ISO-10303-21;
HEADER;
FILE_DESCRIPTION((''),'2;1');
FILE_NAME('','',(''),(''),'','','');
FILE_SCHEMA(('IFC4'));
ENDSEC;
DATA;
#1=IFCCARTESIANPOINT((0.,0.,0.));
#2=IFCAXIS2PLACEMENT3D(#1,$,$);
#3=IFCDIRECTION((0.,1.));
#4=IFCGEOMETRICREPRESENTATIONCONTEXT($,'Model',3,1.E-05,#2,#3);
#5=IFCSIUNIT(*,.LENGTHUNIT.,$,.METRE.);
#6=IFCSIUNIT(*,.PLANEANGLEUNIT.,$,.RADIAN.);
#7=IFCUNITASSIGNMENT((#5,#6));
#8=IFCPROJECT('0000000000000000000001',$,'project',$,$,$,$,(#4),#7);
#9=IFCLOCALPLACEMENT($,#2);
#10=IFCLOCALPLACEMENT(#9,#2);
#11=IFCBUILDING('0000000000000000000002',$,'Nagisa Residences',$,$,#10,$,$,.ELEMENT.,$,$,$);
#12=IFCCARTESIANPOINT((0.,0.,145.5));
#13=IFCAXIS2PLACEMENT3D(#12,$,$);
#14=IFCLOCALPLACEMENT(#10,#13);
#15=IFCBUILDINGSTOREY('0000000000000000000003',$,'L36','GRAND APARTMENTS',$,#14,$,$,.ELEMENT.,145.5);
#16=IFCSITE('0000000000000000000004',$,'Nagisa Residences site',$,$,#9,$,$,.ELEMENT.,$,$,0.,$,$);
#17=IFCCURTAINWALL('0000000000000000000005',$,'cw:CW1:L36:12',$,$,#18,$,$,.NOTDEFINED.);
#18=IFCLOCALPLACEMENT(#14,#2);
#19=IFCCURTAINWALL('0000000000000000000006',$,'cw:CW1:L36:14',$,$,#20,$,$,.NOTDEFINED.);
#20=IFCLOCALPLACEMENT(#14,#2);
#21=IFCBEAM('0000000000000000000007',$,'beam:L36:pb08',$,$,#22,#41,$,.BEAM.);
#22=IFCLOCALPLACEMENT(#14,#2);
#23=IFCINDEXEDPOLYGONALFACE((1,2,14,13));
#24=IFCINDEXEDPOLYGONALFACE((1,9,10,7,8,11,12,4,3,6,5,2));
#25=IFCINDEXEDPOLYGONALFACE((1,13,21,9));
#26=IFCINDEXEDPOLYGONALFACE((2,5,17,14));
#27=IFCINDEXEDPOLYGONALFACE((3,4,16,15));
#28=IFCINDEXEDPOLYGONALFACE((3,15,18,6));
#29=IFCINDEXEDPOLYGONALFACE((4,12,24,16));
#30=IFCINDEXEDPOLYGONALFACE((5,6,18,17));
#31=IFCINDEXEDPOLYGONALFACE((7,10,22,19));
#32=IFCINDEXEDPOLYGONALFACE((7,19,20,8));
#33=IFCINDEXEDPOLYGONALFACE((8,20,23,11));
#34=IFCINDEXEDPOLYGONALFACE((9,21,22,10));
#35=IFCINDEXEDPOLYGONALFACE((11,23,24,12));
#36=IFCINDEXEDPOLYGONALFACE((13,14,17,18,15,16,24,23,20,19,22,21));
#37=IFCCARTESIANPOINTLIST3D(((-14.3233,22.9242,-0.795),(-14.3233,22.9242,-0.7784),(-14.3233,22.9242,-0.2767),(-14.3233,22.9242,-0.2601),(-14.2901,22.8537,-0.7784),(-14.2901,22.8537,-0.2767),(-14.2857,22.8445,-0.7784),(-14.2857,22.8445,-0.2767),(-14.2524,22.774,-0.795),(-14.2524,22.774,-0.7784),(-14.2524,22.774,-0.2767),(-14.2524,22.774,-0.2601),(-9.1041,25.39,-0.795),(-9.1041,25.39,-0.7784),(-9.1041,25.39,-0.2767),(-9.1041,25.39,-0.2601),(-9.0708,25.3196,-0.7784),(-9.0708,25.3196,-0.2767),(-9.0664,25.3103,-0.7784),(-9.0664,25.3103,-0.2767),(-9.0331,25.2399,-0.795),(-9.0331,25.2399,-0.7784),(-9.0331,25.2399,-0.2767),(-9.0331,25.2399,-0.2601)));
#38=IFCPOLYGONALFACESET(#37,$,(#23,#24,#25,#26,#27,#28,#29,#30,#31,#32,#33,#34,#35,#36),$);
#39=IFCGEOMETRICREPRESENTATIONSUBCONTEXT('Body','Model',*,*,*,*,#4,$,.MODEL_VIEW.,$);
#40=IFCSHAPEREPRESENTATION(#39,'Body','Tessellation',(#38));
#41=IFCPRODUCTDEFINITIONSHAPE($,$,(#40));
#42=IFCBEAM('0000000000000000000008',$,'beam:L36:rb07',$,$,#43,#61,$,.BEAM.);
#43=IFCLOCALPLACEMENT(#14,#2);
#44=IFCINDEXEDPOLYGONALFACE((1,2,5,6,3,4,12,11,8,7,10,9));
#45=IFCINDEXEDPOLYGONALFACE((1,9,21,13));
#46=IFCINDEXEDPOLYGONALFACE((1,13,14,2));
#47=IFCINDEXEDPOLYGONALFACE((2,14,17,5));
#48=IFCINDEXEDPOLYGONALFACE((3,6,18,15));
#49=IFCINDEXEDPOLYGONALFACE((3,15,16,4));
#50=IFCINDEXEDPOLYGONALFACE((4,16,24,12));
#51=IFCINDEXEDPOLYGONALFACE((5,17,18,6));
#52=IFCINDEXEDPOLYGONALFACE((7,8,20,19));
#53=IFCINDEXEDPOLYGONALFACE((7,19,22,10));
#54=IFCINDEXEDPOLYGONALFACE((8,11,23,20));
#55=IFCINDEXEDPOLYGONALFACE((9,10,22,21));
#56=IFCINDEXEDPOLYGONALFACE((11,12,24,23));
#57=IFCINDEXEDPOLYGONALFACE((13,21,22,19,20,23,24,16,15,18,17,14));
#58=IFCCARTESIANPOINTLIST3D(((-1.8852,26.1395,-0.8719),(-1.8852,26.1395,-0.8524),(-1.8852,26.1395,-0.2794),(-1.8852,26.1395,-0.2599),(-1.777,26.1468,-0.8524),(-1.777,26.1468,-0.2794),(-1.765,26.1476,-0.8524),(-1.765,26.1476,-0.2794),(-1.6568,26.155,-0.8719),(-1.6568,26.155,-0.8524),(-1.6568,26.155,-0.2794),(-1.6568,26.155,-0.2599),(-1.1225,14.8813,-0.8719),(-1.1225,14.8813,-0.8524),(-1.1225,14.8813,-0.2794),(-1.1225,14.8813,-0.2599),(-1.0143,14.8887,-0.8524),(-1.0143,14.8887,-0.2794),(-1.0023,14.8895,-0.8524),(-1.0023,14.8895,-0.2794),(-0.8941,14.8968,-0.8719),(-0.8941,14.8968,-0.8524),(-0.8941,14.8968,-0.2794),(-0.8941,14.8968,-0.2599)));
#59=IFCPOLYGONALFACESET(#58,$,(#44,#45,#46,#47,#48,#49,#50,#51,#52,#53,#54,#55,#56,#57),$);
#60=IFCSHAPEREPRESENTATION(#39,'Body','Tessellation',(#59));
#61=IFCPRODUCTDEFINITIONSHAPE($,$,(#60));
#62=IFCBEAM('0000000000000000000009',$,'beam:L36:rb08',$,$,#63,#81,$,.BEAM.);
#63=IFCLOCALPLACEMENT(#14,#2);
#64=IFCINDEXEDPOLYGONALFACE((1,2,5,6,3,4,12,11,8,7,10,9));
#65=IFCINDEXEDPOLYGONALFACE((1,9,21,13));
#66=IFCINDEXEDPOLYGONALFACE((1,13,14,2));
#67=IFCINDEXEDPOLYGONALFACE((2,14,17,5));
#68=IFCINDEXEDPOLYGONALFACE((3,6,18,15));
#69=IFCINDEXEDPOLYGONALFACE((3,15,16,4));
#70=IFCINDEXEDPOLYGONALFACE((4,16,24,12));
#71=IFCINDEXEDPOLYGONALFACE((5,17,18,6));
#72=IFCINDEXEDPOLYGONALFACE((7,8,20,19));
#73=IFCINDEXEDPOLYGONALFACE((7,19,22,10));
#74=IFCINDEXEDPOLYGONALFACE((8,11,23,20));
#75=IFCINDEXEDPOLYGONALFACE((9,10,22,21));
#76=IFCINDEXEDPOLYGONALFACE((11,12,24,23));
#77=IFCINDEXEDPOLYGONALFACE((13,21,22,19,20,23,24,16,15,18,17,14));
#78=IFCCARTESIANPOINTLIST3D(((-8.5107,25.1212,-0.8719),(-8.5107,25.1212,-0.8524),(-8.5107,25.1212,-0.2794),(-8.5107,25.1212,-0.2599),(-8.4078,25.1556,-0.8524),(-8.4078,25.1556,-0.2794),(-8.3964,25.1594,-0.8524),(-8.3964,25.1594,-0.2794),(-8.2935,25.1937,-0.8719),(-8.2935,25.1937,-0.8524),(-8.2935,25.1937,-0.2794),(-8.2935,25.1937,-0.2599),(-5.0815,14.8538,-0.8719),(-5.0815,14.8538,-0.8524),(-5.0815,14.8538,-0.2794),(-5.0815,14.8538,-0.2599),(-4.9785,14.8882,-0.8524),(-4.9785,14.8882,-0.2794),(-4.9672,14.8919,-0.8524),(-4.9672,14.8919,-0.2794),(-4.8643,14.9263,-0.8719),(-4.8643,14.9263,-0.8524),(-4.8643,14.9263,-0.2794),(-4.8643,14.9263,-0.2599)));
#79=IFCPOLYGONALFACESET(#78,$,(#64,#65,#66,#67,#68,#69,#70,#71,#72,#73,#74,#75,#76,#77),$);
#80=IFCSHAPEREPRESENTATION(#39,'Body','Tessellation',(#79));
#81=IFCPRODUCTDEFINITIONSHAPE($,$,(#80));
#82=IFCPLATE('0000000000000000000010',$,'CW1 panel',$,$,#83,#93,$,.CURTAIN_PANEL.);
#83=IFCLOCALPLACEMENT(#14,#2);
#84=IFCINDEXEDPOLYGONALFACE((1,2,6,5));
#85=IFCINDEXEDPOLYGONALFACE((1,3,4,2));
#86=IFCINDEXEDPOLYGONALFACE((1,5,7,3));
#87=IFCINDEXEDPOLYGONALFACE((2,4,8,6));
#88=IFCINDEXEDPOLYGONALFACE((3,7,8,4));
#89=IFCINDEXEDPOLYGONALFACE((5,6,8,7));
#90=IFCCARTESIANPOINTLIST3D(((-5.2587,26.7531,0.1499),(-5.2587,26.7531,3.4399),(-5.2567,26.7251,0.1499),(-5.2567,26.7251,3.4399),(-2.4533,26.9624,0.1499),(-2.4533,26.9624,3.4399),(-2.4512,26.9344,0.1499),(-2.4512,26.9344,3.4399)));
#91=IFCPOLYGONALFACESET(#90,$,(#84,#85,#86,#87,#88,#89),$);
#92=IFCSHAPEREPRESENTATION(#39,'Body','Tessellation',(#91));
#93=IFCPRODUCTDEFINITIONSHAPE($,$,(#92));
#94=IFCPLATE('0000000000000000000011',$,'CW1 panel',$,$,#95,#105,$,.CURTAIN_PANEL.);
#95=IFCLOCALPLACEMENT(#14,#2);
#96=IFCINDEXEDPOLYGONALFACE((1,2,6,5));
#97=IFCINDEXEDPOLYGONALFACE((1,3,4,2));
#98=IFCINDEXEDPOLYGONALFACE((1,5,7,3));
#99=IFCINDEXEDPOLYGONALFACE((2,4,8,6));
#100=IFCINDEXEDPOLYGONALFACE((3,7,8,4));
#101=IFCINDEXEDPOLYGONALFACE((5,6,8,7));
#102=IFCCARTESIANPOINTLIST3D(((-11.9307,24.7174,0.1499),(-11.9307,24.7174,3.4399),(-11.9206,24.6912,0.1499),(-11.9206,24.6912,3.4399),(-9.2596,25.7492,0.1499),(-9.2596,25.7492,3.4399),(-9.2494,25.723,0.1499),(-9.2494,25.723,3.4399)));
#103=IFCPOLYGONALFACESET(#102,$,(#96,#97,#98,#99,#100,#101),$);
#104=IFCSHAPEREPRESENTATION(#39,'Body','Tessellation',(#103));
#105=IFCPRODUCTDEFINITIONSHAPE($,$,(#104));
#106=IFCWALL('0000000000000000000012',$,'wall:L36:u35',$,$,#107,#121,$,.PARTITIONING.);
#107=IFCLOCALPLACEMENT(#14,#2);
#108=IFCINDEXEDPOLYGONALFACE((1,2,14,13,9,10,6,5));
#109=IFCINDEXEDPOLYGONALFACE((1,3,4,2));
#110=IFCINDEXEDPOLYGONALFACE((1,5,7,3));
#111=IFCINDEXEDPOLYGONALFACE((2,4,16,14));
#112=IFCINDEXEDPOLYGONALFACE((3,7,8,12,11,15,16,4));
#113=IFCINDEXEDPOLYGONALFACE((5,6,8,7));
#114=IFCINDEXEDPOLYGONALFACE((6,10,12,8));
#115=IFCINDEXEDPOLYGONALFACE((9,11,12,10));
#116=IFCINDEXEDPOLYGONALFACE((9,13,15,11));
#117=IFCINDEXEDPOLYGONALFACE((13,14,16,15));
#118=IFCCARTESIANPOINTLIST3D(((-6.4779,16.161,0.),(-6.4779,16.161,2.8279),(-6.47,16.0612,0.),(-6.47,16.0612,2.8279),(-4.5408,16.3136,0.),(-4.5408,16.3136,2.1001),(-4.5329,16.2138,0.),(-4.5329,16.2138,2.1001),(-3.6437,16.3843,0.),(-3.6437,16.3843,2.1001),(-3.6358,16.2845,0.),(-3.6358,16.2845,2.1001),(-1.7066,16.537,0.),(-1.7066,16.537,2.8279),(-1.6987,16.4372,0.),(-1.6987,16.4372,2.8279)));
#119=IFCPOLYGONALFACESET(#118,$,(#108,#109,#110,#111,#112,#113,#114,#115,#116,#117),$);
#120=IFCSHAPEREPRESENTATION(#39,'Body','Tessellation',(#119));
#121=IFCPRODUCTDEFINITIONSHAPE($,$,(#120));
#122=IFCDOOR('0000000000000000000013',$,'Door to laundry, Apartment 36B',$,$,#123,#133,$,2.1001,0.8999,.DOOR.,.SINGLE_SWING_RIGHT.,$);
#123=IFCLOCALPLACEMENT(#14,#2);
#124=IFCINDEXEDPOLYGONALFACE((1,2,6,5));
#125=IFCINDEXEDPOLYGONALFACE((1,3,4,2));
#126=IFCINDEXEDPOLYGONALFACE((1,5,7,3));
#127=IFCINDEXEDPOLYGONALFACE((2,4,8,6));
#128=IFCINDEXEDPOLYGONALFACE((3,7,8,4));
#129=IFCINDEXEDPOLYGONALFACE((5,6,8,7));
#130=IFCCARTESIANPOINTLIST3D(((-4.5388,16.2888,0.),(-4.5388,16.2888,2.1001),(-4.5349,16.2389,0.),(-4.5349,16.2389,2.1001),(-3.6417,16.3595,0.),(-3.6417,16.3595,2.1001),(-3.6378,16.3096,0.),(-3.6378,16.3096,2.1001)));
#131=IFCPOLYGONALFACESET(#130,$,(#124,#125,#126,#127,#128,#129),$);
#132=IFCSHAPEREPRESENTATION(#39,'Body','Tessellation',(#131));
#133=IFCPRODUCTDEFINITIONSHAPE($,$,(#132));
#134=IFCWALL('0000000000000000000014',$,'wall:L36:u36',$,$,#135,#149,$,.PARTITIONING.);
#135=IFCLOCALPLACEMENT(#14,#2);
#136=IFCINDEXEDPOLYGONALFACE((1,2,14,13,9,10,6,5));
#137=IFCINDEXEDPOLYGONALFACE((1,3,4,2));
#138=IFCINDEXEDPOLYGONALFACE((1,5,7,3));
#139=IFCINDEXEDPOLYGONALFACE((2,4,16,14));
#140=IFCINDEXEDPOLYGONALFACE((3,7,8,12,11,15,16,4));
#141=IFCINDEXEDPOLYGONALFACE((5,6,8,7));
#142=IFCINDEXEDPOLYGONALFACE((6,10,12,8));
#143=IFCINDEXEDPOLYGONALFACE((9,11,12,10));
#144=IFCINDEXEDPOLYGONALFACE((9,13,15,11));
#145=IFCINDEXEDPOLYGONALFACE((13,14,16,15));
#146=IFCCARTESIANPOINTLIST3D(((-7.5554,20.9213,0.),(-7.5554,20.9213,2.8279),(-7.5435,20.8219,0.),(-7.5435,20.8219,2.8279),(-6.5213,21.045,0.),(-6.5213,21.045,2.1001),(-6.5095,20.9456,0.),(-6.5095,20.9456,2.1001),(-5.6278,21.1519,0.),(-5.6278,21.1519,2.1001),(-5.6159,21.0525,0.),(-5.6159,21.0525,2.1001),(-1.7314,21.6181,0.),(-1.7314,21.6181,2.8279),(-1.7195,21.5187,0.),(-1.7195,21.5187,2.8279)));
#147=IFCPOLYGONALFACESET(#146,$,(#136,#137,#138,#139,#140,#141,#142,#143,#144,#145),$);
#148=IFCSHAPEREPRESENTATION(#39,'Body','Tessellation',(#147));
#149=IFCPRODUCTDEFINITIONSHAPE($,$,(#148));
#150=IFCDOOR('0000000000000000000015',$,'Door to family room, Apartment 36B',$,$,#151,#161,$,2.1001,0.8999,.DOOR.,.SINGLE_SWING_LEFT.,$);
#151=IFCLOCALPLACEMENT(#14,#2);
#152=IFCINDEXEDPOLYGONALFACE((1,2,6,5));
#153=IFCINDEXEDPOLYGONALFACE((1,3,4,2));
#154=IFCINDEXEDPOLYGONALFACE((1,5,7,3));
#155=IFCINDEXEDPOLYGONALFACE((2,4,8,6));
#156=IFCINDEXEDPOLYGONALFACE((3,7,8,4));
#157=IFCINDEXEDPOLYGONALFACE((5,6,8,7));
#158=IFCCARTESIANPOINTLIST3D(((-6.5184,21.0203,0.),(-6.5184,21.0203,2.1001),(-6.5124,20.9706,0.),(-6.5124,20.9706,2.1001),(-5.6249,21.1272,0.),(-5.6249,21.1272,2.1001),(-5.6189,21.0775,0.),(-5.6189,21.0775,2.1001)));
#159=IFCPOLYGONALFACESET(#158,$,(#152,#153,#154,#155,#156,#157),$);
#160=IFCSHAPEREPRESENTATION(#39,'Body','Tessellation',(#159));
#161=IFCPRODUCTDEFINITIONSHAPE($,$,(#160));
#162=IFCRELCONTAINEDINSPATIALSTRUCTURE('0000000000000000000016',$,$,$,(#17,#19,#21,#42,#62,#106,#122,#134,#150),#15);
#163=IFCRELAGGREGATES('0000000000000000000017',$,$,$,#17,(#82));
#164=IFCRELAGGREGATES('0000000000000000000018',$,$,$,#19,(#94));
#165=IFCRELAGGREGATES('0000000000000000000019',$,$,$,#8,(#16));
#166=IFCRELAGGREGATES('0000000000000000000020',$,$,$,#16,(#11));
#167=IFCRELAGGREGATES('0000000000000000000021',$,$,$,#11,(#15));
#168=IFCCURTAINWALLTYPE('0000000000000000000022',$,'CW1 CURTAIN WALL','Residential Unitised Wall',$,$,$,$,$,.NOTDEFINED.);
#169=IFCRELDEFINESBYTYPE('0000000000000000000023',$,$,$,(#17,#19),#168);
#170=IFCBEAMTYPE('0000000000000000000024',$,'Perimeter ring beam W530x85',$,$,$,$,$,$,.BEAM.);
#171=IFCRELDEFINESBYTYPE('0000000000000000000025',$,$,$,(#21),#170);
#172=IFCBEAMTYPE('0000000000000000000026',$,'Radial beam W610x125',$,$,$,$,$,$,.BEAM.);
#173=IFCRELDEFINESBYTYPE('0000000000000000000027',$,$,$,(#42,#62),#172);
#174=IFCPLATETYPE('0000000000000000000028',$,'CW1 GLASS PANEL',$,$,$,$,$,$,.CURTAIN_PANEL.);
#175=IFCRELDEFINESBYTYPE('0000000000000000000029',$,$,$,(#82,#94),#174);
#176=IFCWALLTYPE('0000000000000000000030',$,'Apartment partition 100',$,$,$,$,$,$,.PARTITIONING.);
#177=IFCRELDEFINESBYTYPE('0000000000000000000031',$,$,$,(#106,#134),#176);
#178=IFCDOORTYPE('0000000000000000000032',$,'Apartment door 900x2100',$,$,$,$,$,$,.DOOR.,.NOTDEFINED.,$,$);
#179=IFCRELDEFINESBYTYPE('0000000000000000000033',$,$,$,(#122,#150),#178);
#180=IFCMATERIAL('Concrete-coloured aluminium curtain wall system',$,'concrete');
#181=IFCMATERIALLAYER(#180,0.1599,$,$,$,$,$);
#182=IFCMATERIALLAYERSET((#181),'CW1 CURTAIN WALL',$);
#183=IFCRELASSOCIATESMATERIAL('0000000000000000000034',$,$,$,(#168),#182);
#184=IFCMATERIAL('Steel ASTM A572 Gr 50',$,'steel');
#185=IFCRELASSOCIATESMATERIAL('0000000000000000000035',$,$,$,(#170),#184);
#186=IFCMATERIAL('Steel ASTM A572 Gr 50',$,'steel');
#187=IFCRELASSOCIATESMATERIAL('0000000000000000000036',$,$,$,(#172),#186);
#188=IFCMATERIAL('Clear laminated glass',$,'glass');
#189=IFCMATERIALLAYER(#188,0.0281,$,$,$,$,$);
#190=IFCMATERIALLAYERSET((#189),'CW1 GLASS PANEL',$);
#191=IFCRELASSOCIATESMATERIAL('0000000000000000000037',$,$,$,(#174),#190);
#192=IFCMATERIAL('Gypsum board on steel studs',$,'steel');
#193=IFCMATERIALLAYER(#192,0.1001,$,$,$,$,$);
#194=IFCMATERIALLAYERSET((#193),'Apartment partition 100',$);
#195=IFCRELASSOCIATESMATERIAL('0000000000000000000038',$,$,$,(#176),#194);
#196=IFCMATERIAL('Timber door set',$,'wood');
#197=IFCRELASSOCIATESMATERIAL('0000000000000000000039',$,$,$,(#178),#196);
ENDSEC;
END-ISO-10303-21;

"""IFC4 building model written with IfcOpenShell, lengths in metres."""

from ifc_helpers import new_model, si_unit, direction, frame, frame_2d, origin, origin_2d, place, context, subcontext, project, spatial, rectangle, i_section, extrude, material, layer, layer_set, material_profile, profile_set, type_object, element, fill, aggregate, save


model = new_model("IFC4")

# Units and contexts
model_context = context("Model", 3, precision=1e-05, world=origin(), true_north=direction((0.0, 1.0)))
body_context = subcontext(model_context, "Body", "Model", "MODEL_VIEW")
ifc_project = project(units=[si_unit("LENGTHUNIT", "METRE"), si_unit("PLANEANGLEUNIT", "RADIAN")], contexts=[model_context])

# Site, building, storey
site_placement = place(None, origin())
site = spatial("IfcSite", under=ifc_project, at=site_placement, Name="Nagisa Residences site", CompositionType="ELEMENT", RefElevation=0.0)
building_placement = place(site_placement, origin())
building = spatial("IfcBuilding", under=site, at=building_placement, Name="Nagisa Residences", CompositionType="ELEMENT")
storey_placement = place(building_placement, frame((0.0, 0.0, 145.5)))
storey = spatial("IfcBuildingStorey", under=building, at=storey_placement, Name="L36", Description="GRAND APARTMENTS", CompositionType="ELEMENT", Elevation=145.5)

# Curtain walls
ifc_material_1 = material(Name="Concrete-coloured aluminium curtain wall system", Category="concrete")
ifc_layer_1 = layer(ifc_material_1, 0.1599)
ifc_layer_set_1 = layer_set([ifc_layer_1], Name="CW1 CURTAIN WALL")
curtain_wall_type = type_object("IfcCurtainWallType", Name="CW1 CURTAIN WALL", Description="Residential Unitised Wall", PredefinedType="NOTDEFINED", material=ifc_layer_set_1)
curtain_wall_1_placement = place(storey_placement, origin())
curtain_wall_1 = element("IfcCurtainWall", 1, at=curtain_wall_1_placement, inside=storey, type_object=curtain_wall_type, Name="cw:CW1:L36:12", PredefinedType="NOTDEFINED")
curtain_wall_2_placement = place(storey_placement, origin())
curtain_wall_2 = element("IfcCurtainWall", 2, at=curtain_wall_2_placement, inside=storey, type_object=curtain_wall_type, Name="cw:CW1:L36:14", PredefinedType="NOTDEFINED")

# Beams
ifc_material_2 = material(Name="Steel ASTM A572 Gr 50", Category="steel")
ifc_material_profile_1 = material_profile(ifc_material_2, i_section(OverallWidth=0.166, OverallDepth=0.5349, WebThickness=0.0103, FlangeThickness=0.0166, at=origin_2d()), Name="W530x85")
ifc_profile_set_1 = profile_set([ifc_material_profile_1], Name="Steel ASTM A572 Gr 50")
beam_type_1 = type_object("IfcBeamType", Name="Perimeter ring beam W530x85", PredefinedType="BEAM", material=ifc_profile_set_1)
beam_1_placement = place(storey_placement, frame((-9.0686, 25.3149, -0.5276), z_axis=(-0.90417, -0.427173, 0.0), x_axis=(0.427173, -0.90417, 0.0)))
element("IfcBeam", 3, at=beam_1_placement, inside=storey, type_object=beam_type_1, Name="beam:L36:pb08", PredefinedType="BEAM", context=body_context, shape_type="SweptSolid", body=[
    extrude(i_section(OverallWidth=0.166, OverallDepth=0.5349, WebThickness=0.0103, FlangeThickness=0.0166, at=origin_2d()), origin(), (0.0, 0.0, 1.0), 5.7725),
])
ifc_material_3 = material(Name="Steel ASTM A572 Gr 50", Category="steel")
ifc_material_profile_2 = material_profile(ifc_material_3, i_section(OverallWidth=0.229, OverallDepth=0.6121, WebThickness=0.012, FlangeThickness=0.0195, at=origin_2d()), Name="W610x125")
ifc_profile_set_2 = profile_set([ifc_material_profile_2], Name="Steel ASTM A572 Gr 50")
beam_type_2 = type_object("IfcBeamType", Name="Radial beam W610x125", PredefinedType="BEAM", material=ifc_profile_set_2)
beam_2_placement = place(storey_placement, frame((-1.771, 26.1472, -0.5659), z_axis=(0.067592, -0.997713, 0.0), x_axis=(0.997713, 0.067592, 0.0)))
element("IfcBeam", 4, at=beam_2_placement, inside=storey, type_object=beam_type_2, Name="beam:L36:rb07", PredefinedType="BEAM", context=body_context, shape_type="SweptSolid", body=[
    extrude(i_section(OverallWidth=0.229, OverallDepth=0.6121, WebThickness=0.012, FlangeThickness=0.0195, at=origin_2d()), origin(), (0.0, 0.0, 1.0), 11.2839),
])
beam_3_placement = place(storey_placement, frame((-8.4021, 25.1575, -0.5659), z_axis=(0.316789, -0.948496, 0.0), x_axis=(0.948496, 0.316789, 0.0)))
element("IfcBeam", 5, at=beam_3_placement, inside=storey, type_object=beam_type_2, Name="beam:L36:rb08", PredefinedType="BEAM", context=body_context, shape_type="SweptSolid", body=[
    extrude(i_section(OverallWidth=0.229, OverallDepth=0.6121, WebThickness=0.012, FlangeThickness=0.0195, at=origin_2d()), origin(), (0.0, 0.0, 1.0), 10.825),
])

# Plates
ifc_material_4 = material(Name="Clear laminated glass", Category="glass")
ifc_layer_2 = layer(ifc_material_4, 0.0281)
ifc_layer_set_2 = layer_set([ifc_layer_2], Name="CW1 GLASS PANEL")
plate_type = type_object("IfcPlateType", Name="CW1 GLASS PANEL", PredefinedType="CURTAIN_PANEL", material=ifc_layer_set_2)
plate_1_placement = place(storey_placement, frame((-3.855, 26.8438, 0.1499), z_axis=(0.0, 0.0, 1.0), x_axis=(-0.99723, -0.074377, 0.0)))
plate_1 = element("IfcPlate", 6, at=plate_1_placement, type_object=plate_type, Name="CW1 panel", PredefinedType="CURTAIN_PANEL", context=body_context, shape_type="SweptSolid", body=[
    extrude(rectangle(XDim=2.8132, YDim=0.0281, at=origin_2d()), origin(), (0.0, 0.0, 1.0), 3.29),
])
aggregate(curtain_wall_1, [plate_1])
plate_2_placement = place(storey_placement, frame((-10.5901, 25.2202, 0.1499), z_axis=(0.0, 0.0, 1.0), x_axis=(-0.932826, -0.360328, 0.0)))
plate_2 = element("IfcPlate", 7, at=plate_2_placement, type_object=plate_type, Name="CW1 panel", PredefinedType="CURTAIN_PANEL", context=body_context, shape_type="SweptSolid", body=[
    extrude(rectangle(XDim=2.8635, YDim=0.0281, at=origin_2d()), origin(), (0.0, 0.0, 1.0), 3.29),
])
aggregate(curtain_wall_2, [plate_2])

# Walls, openings, doors
ifc_material_5 = material(Name="Gypsum board on steel studs", Category="steel")
ifc_layer_3 = layer(ifc_material_5, 0.1001)
ifc_layer_set_3 = layer_set([ifc_layer_3], Name="Apartment partition 100")
wall_type_1 = type_object("IfcWallType", Name="Apartment partition 100", PredefinedType="PARTITIONING", material=ifc_layer_set_3)
wall_1_placement = place(storey_placement, frame((-1.7026, 16.4871, 0.0), z_axis=(0.0, 0.0, 1.0), x_axis=(-0.99691, -0.078557, 0.0)))
wall_1 = element("IfcWall", 8, at=wall_1_placement, inside=storey, type_object=wall_type_1, Name="wall:L36:u35", PredefinedType="PARTITIONING", context=body_context, shape_type="SweptSolid", body=[
    extrude(rectangle(XDim=4.7861, YDim=0.1001, at=frame_2d((2.3931, 0.0))), origin(), (0.0, 0.0, 1.0), 2.8279),
])
opening_1_placement = place(wall_1_placement, frame((1.9431, 0.0, 0.0)))
opening_1 = element("IfcOpeningElement", 9, at=opening_1_placement, cuts=wall_1, PredefinedType="OPENING", context=body_context, shape_type="SweptSolid", body=[
    extrude(rectangle(XDim=0.8999, YDim=2.1001, at=frame_2d((0.45, 1.05))), frame((0.0, 0.0601, 0.0), z_axis=(0.0, -1.0, 0.0), x_axis=(1.0, 0.0, 0.0)), (0.0, 0.0, 1.0), 0.1201),
])
ifc_material_6 = material(Name="Timber door set", Category="wood")
door_type_1 = type_object("IfcDoorType", Name="Apartment door 900x2100", OperationType="NOTDEFINED", PredefinedType="DOOR", material=ifc_material_6)
door_1_placement = place(opening_1_placement, origin())
door_1 = element("IfcDoor", 10, at=door_1_placement, inside=storey, type_object=door_type_1, Name="Door to laundry, Apartment 36B", OperationType="SINGLE_SWING_RIGHT", OverallHeight=2.1001, OverallWidth=0.8999, PredefinedType="DOOR", context=body_context, shape_type="SweptSolid", body=[
    extrude(rectangle(XDim=0.8999, YDim=2.1001, at=frame_2d((0.45, 1.05))), frame((0.0, 0.0249, 0.0), z_axis=(0.0, -1.0, 0.0), x_axis=(1.0, 0.0, 0.0)), (0.0, 0.0, 1.0), 0.05),
])
fill(opening_1, door_1)
wall_2_placement = place(storey_placement, frame((-1.7256, 21.5684, 0.0), z_axis=(0.0, 0.0, 1.0), x_axis=(-0.992919, -0.118792, 0.0)))
wall_2 = element("IfcWall", 11, at=wall_2_placement, inside=storey, type_object=wall_type_1, Name="wall:L36:u36", PredefinedType="PARTITIONING", context=body_context, shape_type="SweptSolid", body=[
    extrude(rectangle(XDim=5.8655, YDim=0.1001, at=frame_2d((2.9326, 0.0))), origin(), (0.0, 0.0, 1.0), 2.8279),
])
opening_2_placement = place(wall_2_placement, frame((3.9241, 0.0, 0.0)))
opening_2 = element("IfcOpeningElement", 12, at=opening_2_placement, cuts=wall_2, PredefinedType="OPENING", context=body_context, shape_type="SweptSolid", body=[
    extrude(rectangle(XDim=0.8999, YDim=2.1001, at=frame_2d((0.45, 1.05))), frame((0.0, 0.0601, 0.0), z_axis=(0.0, -1.0, 0.0), x_axis=(1.0, 0.0, 0.0)), (0.0, 0.0, 1.0), 0.1201),
])
door_2_placement = place(opening_2_placement, origin())
door_2 = element("IfcDoor", 13, at=door_2_placement, inside=storey, type_object=door_type_1, Name="Door to family room, Apartment 36B", OperationType="SINGLE_SWING_LEFT", OverallHeight=2.1001, OverallWidth=0.8999, PredefinedType="DOOR", context=body_context, shape_type="SweptSolid", body=[
    extrude(rectangle(XDim=0.8999, YDim=2.1001, at=frame_2d((0.45, 1.05))), frame((0.0, 0.0249, 0.0), z_axis=(0.0, -1.0, 0.0), x_axis=(1.0, 0.0, 0.0)), (0.0, 0.0, 1.0), 0.05),
])
fill(opening_2, door_2)

save(model, "model.ifc")
